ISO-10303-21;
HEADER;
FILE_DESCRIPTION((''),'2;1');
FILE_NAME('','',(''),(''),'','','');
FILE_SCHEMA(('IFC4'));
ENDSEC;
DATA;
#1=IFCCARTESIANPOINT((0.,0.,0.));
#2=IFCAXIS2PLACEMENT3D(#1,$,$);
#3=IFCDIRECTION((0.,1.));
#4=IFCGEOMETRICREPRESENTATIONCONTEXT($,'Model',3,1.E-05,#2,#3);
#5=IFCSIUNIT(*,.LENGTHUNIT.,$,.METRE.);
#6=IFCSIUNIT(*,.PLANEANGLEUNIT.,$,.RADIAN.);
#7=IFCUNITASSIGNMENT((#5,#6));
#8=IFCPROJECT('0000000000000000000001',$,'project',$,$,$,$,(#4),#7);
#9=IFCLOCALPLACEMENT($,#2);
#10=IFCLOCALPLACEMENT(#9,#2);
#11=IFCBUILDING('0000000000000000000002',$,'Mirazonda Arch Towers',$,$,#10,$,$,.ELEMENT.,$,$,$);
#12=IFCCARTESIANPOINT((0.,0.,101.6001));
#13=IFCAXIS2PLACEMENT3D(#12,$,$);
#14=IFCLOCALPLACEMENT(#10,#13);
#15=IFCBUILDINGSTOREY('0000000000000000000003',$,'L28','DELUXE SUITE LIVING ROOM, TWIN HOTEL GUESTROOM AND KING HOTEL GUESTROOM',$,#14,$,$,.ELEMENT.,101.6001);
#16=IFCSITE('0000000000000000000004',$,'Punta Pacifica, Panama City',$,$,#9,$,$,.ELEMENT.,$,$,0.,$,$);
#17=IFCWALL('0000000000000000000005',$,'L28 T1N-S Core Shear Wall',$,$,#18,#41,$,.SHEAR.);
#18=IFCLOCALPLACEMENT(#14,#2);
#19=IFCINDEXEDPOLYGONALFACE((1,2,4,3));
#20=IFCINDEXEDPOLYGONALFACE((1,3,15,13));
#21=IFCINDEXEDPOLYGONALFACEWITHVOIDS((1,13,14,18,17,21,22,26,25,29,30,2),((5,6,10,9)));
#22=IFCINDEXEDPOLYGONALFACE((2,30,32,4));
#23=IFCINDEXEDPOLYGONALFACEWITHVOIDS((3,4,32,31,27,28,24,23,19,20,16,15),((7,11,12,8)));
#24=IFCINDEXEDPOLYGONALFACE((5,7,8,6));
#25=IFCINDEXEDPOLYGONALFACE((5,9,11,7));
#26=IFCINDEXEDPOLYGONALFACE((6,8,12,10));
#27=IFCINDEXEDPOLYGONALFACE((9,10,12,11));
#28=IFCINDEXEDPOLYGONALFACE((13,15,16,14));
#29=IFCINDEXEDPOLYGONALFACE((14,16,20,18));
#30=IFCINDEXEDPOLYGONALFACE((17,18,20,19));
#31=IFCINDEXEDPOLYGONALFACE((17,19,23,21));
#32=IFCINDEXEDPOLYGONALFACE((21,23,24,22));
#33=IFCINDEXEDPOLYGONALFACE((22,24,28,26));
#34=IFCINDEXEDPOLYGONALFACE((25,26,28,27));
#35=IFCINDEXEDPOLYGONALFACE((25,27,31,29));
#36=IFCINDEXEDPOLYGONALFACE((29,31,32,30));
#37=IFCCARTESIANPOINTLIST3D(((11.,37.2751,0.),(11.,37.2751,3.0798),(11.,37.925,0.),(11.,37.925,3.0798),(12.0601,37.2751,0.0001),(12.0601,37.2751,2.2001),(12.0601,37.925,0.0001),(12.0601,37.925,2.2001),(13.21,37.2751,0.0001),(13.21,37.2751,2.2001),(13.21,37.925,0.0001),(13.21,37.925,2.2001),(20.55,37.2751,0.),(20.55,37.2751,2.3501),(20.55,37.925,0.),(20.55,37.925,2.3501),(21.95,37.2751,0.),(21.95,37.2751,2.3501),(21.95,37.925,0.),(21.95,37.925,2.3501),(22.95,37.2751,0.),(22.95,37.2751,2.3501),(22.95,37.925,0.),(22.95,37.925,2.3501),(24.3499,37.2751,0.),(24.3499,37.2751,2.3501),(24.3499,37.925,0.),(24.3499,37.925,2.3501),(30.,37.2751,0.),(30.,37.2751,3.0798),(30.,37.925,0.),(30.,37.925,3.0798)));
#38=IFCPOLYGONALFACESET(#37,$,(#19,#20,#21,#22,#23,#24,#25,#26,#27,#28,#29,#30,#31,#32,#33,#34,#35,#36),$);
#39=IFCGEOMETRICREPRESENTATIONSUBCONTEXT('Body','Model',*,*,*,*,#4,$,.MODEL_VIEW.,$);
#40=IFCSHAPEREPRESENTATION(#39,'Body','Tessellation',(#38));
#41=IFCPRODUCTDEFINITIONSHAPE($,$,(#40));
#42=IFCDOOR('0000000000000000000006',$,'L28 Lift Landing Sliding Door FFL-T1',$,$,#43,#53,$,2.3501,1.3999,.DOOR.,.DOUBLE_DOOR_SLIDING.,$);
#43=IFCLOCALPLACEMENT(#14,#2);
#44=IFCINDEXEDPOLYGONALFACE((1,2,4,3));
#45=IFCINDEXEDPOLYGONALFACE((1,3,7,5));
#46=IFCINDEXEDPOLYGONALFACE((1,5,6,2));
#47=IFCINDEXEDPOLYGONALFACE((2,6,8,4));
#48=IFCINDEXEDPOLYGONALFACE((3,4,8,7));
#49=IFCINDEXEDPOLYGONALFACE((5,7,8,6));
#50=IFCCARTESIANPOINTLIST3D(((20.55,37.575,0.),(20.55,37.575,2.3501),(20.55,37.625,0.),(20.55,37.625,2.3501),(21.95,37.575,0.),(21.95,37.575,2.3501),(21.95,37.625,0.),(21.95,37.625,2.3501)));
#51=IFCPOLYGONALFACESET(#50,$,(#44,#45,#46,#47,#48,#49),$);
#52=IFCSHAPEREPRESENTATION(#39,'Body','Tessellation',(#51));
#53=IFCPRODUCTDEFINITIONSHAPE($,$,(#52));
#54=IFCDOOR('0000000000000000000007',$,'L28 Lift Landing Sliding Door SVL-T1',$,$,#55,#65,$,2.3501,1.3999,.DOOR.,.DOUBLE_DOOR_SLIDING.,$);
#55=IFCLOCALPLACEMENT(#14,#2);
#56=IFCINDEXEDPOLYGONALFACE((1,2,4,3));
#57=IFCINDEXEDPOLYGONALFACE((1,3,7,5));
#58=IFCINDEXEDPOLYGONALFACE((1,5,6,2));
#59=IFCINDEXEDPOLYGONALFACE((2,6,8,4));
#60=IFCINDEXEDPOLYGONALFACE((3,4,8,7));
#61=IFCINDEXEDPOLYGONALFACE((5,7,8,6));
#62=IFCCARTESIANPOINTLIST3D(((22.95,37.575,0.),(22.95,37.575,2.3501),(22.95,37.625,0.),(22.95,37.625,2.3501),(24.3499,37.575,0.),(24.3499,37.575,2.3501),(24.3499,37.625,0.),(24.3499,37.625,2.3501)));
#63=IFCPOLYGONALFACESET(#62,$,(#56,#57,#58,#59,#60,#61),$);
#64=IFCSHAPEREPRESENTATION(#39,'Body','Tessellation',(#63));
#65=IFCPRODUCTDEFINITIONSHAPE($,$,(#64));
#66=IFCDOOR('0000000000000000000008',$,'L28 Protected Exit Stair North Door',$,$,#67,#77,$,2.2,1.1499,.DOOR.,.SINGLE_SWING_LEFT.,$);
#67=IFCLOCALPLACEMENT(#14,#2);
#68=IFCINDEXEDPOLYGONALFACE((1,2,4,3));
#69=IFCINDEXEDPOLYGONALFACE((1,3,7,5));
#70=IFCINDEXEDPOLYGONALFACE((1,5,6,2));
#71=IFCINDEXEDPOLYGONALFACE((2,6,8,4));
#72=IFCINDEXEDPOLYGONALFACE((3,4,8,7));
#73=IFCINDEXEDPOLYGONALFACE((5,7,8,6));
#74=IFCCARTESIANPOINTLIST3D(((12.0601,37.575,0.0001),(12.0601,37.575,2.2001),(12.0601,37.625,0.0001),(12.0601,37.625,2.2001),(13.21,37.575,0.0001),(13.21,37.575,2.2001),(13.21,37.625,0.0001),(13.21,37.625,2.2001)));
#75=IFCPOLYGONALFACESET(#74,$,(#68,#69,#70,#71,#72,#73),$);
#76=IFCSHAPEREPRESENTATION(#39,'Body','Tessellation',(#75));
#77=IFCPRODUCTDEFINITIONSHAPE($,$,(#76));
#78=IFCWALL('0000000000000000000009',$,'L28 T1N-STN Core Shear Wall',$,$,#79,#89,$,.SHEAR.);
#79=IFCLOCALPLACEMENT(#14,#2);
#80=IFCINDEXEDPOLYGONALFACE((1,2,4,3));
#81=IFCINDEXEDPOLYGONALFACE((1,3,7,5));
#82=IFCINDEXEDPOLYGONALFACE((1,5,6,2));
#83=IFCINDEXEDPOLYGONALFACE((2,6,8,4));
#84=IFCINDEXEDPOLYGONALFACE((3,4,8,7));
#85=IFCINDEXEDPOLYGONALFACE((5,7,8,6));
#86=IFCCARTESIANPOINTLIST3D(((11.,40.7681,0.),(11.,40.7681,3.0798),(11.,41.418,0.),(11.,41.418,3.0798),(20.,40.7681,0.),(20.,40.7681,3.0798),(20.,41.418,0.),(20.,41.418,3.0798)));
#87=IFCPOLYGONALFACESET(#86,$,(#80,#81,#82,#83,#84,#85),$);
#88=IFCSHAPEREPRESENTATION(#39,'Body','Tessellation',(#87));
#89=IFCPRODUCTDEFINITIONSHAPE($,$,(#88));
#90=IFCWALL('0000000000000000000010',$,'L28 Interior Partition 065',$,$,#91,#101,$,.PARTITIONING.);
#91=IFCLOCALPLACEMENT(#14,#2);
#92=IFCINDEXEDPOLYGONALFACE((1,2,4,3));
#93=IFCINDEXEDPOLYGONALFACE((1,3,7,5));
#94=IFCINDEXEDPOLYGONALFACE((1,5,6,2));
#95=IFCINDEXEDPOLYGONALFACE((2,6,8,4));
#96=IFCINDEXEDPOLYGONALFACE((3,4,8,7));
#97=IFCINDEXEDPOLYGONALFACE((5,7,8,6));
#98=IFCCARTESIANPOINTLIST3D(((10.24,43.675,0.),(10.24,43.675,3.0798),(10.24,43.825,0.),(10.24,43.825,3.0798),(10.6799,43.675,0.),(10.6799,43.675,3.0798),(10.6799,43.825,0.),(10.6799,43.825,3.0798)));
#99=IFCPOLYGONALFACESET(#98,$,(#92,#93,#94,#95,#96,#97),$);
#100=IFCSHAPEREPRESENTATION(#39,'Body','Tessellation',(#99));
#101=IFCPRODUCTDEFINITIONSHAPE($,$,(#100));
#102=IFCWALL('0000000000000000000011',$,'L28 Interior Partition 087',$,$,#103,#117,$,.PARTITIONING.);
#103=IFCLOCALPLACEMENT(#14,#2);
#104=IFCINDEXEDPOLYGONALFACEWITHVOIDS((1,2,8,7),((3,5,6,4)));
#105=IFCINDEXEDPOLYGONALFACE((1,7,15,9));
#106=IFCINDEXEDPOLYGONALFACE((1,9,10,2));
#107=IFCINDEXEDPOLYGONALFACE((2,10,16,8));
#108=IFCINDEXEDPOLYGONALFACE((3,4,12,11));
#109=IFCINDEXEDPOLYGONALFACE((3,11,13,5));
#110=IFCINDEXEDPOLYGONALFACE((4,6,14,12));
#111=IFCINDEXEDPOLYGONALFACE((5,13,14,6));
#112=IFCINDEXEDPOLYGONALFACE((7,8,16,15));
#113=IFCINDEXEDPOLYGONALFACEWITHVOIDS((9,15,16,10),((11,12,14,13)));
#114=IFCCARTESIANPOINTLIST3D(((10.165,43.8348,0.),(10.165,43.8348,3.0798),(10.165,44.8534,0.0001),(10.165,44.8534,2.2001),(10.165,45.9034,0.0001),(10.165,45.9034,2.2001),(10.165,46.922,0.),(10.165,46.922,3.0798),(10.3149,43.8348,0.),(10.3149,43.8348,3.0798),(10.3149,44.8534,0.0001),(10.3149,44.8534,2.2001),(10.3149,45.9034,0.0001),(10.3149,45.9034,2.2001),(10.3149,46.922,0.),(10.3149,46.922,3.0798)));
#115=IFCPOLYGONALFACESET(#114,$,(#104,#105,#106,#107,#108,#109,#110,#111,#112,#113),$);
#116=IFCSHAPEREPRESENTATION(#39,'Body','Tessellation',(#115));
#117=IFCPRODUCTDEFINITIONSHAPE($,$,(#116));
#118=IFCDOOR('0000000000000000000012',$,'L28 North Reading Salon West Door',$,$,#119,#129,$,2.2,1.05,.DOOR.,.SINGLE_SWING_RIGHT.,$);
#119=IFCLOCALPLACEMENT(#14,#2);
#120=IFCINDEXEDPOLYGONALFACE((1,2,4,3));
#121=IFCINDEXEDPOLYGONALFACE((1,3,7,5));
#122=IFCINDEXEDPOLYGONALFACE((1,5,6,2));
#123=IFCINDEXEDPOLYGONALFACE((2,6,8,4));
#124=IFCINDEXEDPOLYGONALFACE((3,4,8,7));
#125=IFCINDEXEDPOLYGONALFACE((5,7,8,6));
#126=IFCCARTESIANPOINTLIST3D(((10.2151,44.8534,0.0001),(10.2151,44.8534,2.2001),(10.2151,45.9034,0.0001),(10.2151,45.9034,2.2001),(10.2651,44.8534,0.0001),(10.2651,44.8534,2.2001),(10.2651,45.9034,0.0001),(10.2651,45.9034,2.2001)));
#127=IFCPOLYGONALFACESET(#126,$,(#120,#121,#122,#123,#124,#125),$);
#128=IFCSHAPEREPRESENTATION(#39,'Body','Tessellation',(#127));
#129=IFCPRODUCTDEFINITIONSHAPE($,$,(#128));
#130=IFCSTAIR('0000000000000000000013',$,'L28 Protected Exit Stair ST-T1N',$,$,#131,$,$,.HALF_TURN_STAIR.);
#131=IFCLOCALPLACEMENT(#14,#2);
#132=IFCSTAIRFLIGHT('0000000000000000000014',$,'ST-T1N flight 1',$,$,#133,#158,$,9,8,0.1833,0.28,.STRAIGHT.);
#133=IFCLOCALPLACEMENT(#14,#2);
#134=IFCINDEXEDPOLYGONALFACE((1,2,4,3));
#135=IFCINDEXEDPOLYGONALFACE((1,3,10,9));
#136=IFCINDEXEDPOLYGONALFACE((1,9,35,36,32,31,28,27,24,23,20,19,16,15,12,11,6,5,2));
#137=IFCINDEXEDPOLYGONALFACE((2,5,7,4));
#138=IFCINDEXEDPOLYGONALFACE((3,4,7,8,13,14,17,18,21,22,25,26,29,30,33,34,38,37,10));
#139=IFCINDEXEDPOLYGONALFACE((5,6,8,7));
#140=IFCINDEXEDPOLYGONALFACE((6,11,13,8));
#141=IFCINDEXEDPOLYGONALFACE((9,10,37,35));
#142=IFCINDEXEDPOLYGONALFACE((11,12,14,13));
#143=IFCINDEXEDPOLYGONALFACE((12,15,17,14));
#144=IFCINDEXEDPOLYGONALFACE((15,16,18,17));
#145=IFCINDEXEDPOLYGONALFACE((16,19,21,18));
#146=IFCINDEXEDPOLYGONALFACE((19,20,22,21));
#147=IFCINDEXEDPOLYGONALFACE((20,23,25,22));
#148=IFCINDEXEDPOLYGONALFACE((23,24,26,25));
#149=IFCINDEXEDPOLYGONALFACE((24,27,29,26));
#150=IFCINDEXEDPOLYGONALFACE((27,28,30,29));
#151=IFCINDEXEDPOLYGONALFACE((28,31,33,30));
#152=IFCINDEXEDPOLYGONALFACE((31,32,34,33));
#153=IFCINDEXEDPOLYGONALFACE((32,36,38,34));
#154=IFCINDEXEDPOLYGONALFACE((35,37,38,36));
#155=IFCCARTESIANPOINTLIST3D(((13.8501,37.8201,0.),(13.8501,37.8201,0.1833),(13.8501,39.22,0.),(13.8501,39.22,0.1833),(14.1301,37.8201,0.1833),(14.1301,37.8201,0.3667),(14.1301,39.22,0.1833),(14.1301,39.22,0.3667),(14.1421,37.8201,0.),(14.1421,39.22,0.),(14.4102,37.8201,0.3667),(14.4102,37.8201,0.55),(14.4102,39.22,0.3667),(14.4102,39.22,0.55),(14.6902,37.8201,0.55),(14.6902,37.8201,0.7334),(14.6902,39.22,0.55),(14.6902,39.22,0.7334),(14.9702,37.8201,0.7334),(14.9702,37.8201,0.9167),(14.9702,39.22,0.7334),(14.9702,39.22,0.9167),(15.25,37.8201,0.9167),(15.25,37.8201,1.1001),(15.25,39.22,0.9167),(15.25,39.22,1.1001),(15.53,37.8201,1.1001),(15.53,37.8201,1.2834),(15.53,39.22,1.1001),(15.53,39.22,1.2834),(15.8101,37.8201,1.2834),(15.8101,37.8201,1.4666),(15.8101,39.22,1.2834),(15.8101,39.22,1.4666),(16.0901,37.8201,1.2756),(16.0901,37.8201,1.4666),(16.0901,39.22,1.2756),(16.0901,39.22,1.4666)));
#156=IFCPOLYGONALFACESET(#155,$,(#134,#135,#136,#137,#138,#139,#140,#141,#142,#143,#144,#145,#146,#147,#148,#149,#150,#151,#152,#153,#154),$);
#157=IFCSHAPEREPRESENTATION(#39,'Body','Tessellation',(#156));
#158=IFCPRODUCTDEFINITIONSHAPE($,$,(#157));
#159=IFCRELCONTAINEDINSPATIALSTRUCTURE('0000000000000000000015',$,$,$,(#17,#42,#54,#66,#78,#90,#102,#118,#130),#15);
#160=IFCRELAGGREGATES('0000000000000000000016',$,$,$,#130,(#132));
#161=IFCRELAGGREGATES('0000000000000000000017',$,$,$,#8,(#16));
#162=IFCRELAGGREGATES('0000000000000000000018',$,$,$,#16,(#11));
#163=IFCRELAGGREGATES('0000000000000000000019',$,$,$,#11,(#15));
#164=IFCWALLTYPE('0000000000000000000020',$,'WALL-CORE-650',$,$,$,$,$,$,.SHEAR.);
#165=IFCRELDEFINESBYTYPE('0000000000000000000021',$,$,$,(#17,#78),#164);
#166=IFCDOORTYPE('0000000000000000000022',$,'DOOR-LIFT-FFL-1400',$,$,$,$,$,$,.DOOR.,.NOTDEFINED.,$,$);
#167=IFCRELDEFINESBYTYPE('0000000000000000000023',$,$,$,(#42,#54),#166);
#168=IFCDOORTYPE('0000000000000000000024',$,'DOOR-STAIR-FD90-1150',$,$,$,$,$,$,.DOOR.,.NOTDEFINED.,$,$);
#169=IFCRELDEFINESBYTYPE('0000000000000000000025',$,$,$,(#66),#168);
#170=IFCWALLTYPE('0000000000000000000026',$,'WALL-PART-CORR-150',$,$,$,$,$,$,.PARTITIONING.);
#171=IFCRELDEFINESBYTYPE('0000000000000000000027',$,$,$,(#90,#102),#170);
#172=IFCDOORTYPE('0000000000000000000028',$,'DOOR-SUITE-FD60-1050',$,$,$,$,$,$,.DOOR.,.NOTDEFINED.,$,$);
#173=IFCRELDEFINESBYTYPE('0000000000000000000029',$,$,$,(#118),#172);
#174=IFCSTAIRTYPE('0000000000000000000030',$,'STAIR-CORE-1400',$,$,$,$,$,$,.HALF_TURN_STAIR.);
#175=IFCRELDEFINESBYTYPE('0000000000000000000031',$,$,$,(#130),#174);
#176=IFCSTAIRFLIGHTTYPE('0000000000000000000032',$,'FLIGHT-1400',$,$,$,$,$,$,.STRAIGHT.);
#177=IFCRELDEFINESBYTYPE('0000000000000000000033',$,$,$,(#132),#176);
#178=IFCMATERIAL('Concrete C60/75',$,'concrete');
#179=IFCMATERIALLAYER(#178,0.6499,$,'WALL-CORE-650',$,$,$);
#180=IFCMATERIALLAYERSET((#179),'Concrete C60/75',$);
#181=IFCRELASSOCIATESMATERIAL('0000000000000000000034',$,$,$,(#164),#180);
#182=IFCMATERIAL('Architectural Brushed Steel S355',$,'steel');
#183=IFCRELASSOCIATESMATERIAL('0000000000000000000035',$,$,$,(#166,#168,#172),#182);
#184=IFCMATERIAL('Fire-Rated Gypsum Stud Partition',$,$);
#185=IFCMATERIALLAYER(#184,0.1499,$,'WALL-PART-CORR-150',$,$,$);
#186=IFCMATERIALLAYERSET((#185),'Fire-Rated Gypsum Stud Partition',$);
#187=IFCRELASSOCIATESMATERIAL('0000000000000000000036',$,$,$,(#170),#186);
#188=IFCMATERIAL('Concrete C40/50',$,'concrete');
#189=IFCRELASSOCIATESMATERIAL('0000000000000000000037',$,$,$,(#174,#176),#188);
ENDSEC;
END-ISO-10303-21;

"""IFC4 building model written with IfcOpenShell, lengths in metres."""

from ifc_helpers import new_model, si_unit, direction, frame, frame_2d, origin, place, context, subcontext, project, spatial, polyline, rectangle, outline, extrude, material, layer, layer_set, type_object, element, fill, aggregate, save


model = new_model("IFC4")

# Units and contexts
model_context = context("Model", 3, precision=1e-05, world=origin(), true_north=direction((0.0, 1.0)))
body_context = subcontext(model_context, "Body", "Model", "MODEL_VIEW")
ifc_project = project(units=[si_unit("LENGTHUNIT", "METRE"), si_unit("PLANEANGLEUNIT", "RADIAN")], contexts=[model_context])

# Site, building, storey
site_placement = place(None, origin())
site = spatial("IfcSite", under=ifc_project, at=site_placement, Name="Punta Pacifica, Panama City", CompositionType="ELEMENT", RefElevation=0.0)
building_placement = place(site_placement, origin())
building = spatial("IfcBuilding", under=site, at=building_placement, Name="Mirazonda Arch Towers", CompositionType="ELEMENT")
storey_placement = place(building_placement, frame((0.0, 0.0, 101.6001)))
storey = spatial("IfcBuildingStorey", under=building, at=storey_placement, Name="L28", Description="DELUXE SUITE LIVING ROOM, TWIN HOTEL GUESTROOM AND KING HOTEL GUESTROOM", CompositionType="ELEMENT", Elevation=101.6001)

# Shared definitions
ifc_material_1 = material(Name="Concrete C60/75", Category="concrete")
ifc_layer_1 = layer(ifc_material_1, 0.6499, Name="WALL-CORE-650")
ifc_layer_set_1 = layer_set([ifc_layer_1], Name="Concrete C60/75")
wall_type_1 = type_object("IfcWallType", Name="WALL-CORE-650", PredefinedType="SHEAR", material=ifc_layer_set_1)

# Wall, openings, doors
wall_1_placement = place(storey_placement, frame((11.0, 37.6001, 0.0), z_axis=(0.0, 0.0, 1.0), x_axis=(1.0, 0.0, 0.0)))
wall_1 = element("IfcWall", 1, at=wall_1_placement, inside=storey, type_object=wall_type_1, Name="L28 T1N-S Core Shear Wall", PredefinedType="SHEAR", context=body_context, shape_type="SweptSolid", body=[
    extrude(rectangle(XDim=19.0, YDim=0.6499, at=frame_2d((9.5, 0.0))), origin(), (0.0, 0.0, 1.0), 3.0798),
])
opening_1_placement = place(wall_1_placement, frame((1.0601, 0.0, 0.0)))
opening_1 = element("IfcOpeningElement", 2, at=opening_1_placement, cuts=wall_1, PredefinedType="OPENING", context=body_context, shape_type="SweptSolid", body=[
    extrude(rectangle(XDim=1.1499, YDim=2.2, at=frame_2d((0.575, 1.1001))), frame((0.0, 0.335, 0.0), z_axis=(0.0, -1.0, 0.0), x_axis=(1.0, 0.0, 0.0)), (0.0, 0.0, 1.0), 0.6699),
])
opening_2_placement = place(wall_1_placement, frame((9.55, 0.0, 0.0)))
opening_2 = element("IfcOpeningElement", 3, at=opening_2_placement, cuts=wall_1, PredefinedType="OPENING", context=body_context, shape_type="SweptSolid", body=[
    extrude(rectangle(XDim=1.3999, YDim=2.3501, at=frame_2d((0.7, 1.175))), frame((0.0, 0.335, 0.0), z_axis=(0.0, -1.0, 0.0), x_axis=(1.0, 0.0, 0.0)), (0.0, 0.0, 1.0), 0.6699),
])
opening_3_placement = place(wall_1_placement, frame((11.95, 0.0, 0.0)))
opening_3 = element("IfcOpeningElement", 4, at=opening_3_placement, cuts=wall_1, PredefinedType="OPENING", context=body_context, shape_type="SweptSolid", body=[
    extrude(rectangle(XDim=1.3999, YDim=2.3501, at=frame_2d((0.7, 1.175))), frame((0.0, 0.335, 0.0), z_axis=(0.0, -1.0, 0.0), x_axis=(1.0, 0.0, 0.0)), (0.0, 0.0, 1.0), 0.6699),
])
ifc_material_2 = material(Name="Architectural Brushed Steel S355", Category="steel")
door_type_1 = type_object("IfcDoorType", Name="DOOR-LIFT-FFL-1400", OperationType="NOTDEFINED", PredefinedType="DOOR", material=ifc_material_2)
door_1_placement = place(opening_2_placement, origin())
door_1 = element("IfcDoor", 5, at=door_1_placement, inside=storey, type_object=door_type_1, Name="L28 Lift Landing Sliding Door FFL-T1", OperationType="DOUBLE_DOOR_SLIDING", OverallHeight=2.3501, OverallWidth=1.3999, PredefinedType="DOOR", context=body_context, shape_type="SweptSolid", body=[
    extrude(rectangle(XDim=1.3999, YDim=2.3501, at=frame_2d((0.7, 1.175))), frame((0.0, 0.0249, 0.0), z_axis=(0.0, -1.0, 0.0), x_axis=(1.0, 0.0, 0.0)), (0.0, 0.0, 1.0), 0.05),
])
fill(opening_2, door_1)
door_2_placement = place(opening_3_placement, origin())
door_2 = element("IfcDoor", 6, at=door_2_placement, inside=storey, type_object=door_type_1, Name="L28 Lift Landing Sliding Door SVL-T1", OperationType="DOUBLE_DOOR_SLIDING", OverallHeight=2.3501, OverallWidth=1.3999, PredefinedType="DOOR", context=body_context, shape_type="SweptSolid", body=[
    extrude(rectangle(XDim=1.3999, YDim=2.3501, at=frame_2d((0.7, 1.175))), frame((0.0, 0.0249, 0.0), z_axis=(0.0, -1.0, 0.0), x_axis=(1.0, 0.0, 0.0)), (0.0, 0.0, 1.0), 0.05),
])
fill(opening_3, door_2)
door_type_2 = type_object("IfcDoorType", Name="DOOR-STAIR-FD90-1150", OperationType="NOTDEFINED", PredefinedType="DOOR", material=ifc_material_2)
door_3_placement = place(opening_1_placement, origin())
door_3 = element("IfcDoor", 7, at=door_3_placement, inside=storey, type_object=door_type_2, Name="L28 Protected Exit Stair North Door", OperationType="SINGLE_SWING_LEFT", OverallHeight=2.2, OverallWidth=1.1499, PredefinedType="DOOR", context=body_context, shape_type="SweptSolid", body=[
    extrude(rectangle(XDim=1.1499, YDim=2.2, at=frame_2d((0.575, 1.1001))), frame((0.0, 0.0249, 0.0), z_axis=(0.0, -1.0, 0.0), x_axis=(1.0, 0.0, 0.0)), (0.0, 0.0, 1.0), 0.05),
])
fill(opening_1, door_3)

# Walls
wall_2_placement = place(storey_placement, frame((11.0, 41.093, 0.0), z_axis=(0.0, 0.0, 1.0), x_axis=(1.0, 0.0, 0.0)))
element("IfcWall", 8, at=wall_2_placement, inside=storey, type_object=wall_type_1, Name="L28 T1N-STN Core Shear Wall", PredefinedType="SHEAR", context=body_context, shape_type="SweptSolid", body=[
    extrude(rectangle(XDim=9.0, YDim=0.6499, at=frame_2d((4.5, 0.0))), origin(), (0.0, 0.0, 1.0), 3.0798),
])
ifc_material_3 = material(Name="Fire-Rated Gypsum Stud Partition")
ifc_layer_2 = layer(ifc_material_3, 0.1499, Name="WALL-PART-CORR-150")
ifc_layer_set_2 = layer_set([ifc_layer_2], Name="Fire-Rated Gypsum Stud Partition")
wall_type_2 = type_object("IfcWallType", Name="WALL-PART-CORR-150", PredefinedType="PARTITIONING", material=ifc_layer_set_2)
wall_3_placement = place(storey_placement, frame((10.24, 43.75, 0.0), z_axis=(0.0, 0.0, 1.0), x_axis=(1.0, 0.0, 0.0)))
element("IfcWall", 9, at=wall_3_placement, inside=storey, type_object=wall_type_2, Name="L28 Interior Partition 065", PredefinedType="PARTITIONING", context=body_context, shape_type="SweptSolid", body=[
    extrude(rectangle(XDim=0.4399, YDim=0.1499, at=frame_2d((0.22, 0.0))), origin(), (0.0, 0.0, 1.0), 3.0798),
])

# Wall, opening, door
wall_4_placement = place(storey_placement, frame((10.24, 43.835, 0.0), z_axis=(0.0, 0.0, 1.0), x_axis=(0.0, 1.0, 0.0)))
wall_4 = element("IfcWall", 10, at=wall_4_placement, inside=storey, type_object=wall_type_2, Name="L28 Interior Partition 087", PredefinedType="PARTITIONING", context=body_context, shape_type="SweptSolid", body=[
    extrude(rectangle(XDim=3.0872, YDim=0.1499, at=frame_2d((1.5435, 0.0))), origin(), (0.0, 0.0, 1.0), 3.0798),
])
opening_4_placement = place(wall_4_placement, frame((1.0186, 0.0, 0.0)))
opening_4 = element("IfcOpeningElement", 11, at=opening_4_placement, cuts=wall_4, PredefinedType="OPENING", context=body_context, shape_type="SweptSolid", body=[
    extrude(rectangle(XDim=1.05, YDim=2.2, at=frame_2d((0.5249, 1.1001))), frame((0.0, 0.085, 0.0), z_axis=(0.0, -1.0, 0.0), x_axis=(1.0, 0.0, 0.0)), (0.0, 0.0, 1.0), 0.1699),
])
door_type_3 = type_object("IfcDoorType", Name="DOOR-SUITE-FD60-1050", OperationType="NOTDEFINED", PredefinedType="DOOR", material=ifc_material_2)
door_4_placement = place(opening_4_placement, origin())
door_4 = element("IfcDoor", 12, at=door_4_placement, inside=storey, type_object=door_type_3, Name="L28 North Reading Salon West Door", OperationType="SINGLE_SWING_RIGHT", OverallHeight=2.2, OverallWidth=1.05, PredefinedType="DOOR", context=body_context, shape_type="SweptSolid", body=[
    extrude(rectangle(XDim=1.05, YDim=2.2, at=frame_2d((0.5249, 1.1001))), frame((0.0, 0.0249, 0.0), z_axis=(0.0, -1.0, 0.0), x_axis=(1.0, 0.0, 0.0)), (0.0, 0.0, 1.0), 0.05),
])
fill(opening_4, door_4)

# Stair, stair flight
ifc_material_4 = material(Name="Concrete C40/50", Category="concrete")
stair_type = type_object("IfcStairType", Name="STAIR-CORE-1400", PredefinedType="HALF_TURN_STAIR", material=ifc_material_4)
stair_placement = place(storey_placement, origin())
stair = element("IfcStair", 13, at=stair_placement, inside=storey, type_object=stair_type, Name="L28 Protected Exit Stair ST-T1N", PredefinedType="HALF_TURN_STAIR")
stair_flight_type = type_object("IfcStairFlightType", Name="FLIGHT-1400", PredefinedType="STRAIGHT", material=ifc_material_4)
stair_flight_placement = place(storey_placement, frame((13.8501, 38.52, 0.0), z_axis=(0.0, 0.0, 1.0), x_axis=(1.0, 0.0, 0.0)))
stair_flight = element("IfcStairFlight", 14, at=stair_flight_placement, type_object=stair_flight_type, Name="ST-T1N flight 1", NumberOfRisers=9, NumberOfTreads=8, PredefinedType="STRAIGHT", RiserHeight=0.1833, TreadLength=0.28, context=body_context, shape_type="SweptSolid", body=[
    extrude(outline(polyline([(0.0, 0.0), (0.0, 0.1833), (0.28, 0.1833), (0.28, 0.3667), (0.5601, 0.3667), (0.5601, 0.55), (0.8401, 0.55), (0.8401, 0.7334), (1.1201, 0.7334), (1.1201, 0.9167), (1.3999, 0.9167), (1.3999, 1.1001), (1.6799, 1.1001), (1.6799, 1.2834), (1.96, 1.2834), (1.96, 1.4666), (2.24, 1.4666), (2.24, 1.6499), (2.24, 1.2756), (0.292, 0.0), (0.0, 0.0)])), frame((0.0, 0.7, 0.0), z_axis=(0.0, -1.0, 0.0), x_axis=(1.0, 0.0, 0.0)), (0.0, 0.0, 1.0), 1.3999),
])
aggregate(stair, [stair_flight])

save(model, "model.ifc")
